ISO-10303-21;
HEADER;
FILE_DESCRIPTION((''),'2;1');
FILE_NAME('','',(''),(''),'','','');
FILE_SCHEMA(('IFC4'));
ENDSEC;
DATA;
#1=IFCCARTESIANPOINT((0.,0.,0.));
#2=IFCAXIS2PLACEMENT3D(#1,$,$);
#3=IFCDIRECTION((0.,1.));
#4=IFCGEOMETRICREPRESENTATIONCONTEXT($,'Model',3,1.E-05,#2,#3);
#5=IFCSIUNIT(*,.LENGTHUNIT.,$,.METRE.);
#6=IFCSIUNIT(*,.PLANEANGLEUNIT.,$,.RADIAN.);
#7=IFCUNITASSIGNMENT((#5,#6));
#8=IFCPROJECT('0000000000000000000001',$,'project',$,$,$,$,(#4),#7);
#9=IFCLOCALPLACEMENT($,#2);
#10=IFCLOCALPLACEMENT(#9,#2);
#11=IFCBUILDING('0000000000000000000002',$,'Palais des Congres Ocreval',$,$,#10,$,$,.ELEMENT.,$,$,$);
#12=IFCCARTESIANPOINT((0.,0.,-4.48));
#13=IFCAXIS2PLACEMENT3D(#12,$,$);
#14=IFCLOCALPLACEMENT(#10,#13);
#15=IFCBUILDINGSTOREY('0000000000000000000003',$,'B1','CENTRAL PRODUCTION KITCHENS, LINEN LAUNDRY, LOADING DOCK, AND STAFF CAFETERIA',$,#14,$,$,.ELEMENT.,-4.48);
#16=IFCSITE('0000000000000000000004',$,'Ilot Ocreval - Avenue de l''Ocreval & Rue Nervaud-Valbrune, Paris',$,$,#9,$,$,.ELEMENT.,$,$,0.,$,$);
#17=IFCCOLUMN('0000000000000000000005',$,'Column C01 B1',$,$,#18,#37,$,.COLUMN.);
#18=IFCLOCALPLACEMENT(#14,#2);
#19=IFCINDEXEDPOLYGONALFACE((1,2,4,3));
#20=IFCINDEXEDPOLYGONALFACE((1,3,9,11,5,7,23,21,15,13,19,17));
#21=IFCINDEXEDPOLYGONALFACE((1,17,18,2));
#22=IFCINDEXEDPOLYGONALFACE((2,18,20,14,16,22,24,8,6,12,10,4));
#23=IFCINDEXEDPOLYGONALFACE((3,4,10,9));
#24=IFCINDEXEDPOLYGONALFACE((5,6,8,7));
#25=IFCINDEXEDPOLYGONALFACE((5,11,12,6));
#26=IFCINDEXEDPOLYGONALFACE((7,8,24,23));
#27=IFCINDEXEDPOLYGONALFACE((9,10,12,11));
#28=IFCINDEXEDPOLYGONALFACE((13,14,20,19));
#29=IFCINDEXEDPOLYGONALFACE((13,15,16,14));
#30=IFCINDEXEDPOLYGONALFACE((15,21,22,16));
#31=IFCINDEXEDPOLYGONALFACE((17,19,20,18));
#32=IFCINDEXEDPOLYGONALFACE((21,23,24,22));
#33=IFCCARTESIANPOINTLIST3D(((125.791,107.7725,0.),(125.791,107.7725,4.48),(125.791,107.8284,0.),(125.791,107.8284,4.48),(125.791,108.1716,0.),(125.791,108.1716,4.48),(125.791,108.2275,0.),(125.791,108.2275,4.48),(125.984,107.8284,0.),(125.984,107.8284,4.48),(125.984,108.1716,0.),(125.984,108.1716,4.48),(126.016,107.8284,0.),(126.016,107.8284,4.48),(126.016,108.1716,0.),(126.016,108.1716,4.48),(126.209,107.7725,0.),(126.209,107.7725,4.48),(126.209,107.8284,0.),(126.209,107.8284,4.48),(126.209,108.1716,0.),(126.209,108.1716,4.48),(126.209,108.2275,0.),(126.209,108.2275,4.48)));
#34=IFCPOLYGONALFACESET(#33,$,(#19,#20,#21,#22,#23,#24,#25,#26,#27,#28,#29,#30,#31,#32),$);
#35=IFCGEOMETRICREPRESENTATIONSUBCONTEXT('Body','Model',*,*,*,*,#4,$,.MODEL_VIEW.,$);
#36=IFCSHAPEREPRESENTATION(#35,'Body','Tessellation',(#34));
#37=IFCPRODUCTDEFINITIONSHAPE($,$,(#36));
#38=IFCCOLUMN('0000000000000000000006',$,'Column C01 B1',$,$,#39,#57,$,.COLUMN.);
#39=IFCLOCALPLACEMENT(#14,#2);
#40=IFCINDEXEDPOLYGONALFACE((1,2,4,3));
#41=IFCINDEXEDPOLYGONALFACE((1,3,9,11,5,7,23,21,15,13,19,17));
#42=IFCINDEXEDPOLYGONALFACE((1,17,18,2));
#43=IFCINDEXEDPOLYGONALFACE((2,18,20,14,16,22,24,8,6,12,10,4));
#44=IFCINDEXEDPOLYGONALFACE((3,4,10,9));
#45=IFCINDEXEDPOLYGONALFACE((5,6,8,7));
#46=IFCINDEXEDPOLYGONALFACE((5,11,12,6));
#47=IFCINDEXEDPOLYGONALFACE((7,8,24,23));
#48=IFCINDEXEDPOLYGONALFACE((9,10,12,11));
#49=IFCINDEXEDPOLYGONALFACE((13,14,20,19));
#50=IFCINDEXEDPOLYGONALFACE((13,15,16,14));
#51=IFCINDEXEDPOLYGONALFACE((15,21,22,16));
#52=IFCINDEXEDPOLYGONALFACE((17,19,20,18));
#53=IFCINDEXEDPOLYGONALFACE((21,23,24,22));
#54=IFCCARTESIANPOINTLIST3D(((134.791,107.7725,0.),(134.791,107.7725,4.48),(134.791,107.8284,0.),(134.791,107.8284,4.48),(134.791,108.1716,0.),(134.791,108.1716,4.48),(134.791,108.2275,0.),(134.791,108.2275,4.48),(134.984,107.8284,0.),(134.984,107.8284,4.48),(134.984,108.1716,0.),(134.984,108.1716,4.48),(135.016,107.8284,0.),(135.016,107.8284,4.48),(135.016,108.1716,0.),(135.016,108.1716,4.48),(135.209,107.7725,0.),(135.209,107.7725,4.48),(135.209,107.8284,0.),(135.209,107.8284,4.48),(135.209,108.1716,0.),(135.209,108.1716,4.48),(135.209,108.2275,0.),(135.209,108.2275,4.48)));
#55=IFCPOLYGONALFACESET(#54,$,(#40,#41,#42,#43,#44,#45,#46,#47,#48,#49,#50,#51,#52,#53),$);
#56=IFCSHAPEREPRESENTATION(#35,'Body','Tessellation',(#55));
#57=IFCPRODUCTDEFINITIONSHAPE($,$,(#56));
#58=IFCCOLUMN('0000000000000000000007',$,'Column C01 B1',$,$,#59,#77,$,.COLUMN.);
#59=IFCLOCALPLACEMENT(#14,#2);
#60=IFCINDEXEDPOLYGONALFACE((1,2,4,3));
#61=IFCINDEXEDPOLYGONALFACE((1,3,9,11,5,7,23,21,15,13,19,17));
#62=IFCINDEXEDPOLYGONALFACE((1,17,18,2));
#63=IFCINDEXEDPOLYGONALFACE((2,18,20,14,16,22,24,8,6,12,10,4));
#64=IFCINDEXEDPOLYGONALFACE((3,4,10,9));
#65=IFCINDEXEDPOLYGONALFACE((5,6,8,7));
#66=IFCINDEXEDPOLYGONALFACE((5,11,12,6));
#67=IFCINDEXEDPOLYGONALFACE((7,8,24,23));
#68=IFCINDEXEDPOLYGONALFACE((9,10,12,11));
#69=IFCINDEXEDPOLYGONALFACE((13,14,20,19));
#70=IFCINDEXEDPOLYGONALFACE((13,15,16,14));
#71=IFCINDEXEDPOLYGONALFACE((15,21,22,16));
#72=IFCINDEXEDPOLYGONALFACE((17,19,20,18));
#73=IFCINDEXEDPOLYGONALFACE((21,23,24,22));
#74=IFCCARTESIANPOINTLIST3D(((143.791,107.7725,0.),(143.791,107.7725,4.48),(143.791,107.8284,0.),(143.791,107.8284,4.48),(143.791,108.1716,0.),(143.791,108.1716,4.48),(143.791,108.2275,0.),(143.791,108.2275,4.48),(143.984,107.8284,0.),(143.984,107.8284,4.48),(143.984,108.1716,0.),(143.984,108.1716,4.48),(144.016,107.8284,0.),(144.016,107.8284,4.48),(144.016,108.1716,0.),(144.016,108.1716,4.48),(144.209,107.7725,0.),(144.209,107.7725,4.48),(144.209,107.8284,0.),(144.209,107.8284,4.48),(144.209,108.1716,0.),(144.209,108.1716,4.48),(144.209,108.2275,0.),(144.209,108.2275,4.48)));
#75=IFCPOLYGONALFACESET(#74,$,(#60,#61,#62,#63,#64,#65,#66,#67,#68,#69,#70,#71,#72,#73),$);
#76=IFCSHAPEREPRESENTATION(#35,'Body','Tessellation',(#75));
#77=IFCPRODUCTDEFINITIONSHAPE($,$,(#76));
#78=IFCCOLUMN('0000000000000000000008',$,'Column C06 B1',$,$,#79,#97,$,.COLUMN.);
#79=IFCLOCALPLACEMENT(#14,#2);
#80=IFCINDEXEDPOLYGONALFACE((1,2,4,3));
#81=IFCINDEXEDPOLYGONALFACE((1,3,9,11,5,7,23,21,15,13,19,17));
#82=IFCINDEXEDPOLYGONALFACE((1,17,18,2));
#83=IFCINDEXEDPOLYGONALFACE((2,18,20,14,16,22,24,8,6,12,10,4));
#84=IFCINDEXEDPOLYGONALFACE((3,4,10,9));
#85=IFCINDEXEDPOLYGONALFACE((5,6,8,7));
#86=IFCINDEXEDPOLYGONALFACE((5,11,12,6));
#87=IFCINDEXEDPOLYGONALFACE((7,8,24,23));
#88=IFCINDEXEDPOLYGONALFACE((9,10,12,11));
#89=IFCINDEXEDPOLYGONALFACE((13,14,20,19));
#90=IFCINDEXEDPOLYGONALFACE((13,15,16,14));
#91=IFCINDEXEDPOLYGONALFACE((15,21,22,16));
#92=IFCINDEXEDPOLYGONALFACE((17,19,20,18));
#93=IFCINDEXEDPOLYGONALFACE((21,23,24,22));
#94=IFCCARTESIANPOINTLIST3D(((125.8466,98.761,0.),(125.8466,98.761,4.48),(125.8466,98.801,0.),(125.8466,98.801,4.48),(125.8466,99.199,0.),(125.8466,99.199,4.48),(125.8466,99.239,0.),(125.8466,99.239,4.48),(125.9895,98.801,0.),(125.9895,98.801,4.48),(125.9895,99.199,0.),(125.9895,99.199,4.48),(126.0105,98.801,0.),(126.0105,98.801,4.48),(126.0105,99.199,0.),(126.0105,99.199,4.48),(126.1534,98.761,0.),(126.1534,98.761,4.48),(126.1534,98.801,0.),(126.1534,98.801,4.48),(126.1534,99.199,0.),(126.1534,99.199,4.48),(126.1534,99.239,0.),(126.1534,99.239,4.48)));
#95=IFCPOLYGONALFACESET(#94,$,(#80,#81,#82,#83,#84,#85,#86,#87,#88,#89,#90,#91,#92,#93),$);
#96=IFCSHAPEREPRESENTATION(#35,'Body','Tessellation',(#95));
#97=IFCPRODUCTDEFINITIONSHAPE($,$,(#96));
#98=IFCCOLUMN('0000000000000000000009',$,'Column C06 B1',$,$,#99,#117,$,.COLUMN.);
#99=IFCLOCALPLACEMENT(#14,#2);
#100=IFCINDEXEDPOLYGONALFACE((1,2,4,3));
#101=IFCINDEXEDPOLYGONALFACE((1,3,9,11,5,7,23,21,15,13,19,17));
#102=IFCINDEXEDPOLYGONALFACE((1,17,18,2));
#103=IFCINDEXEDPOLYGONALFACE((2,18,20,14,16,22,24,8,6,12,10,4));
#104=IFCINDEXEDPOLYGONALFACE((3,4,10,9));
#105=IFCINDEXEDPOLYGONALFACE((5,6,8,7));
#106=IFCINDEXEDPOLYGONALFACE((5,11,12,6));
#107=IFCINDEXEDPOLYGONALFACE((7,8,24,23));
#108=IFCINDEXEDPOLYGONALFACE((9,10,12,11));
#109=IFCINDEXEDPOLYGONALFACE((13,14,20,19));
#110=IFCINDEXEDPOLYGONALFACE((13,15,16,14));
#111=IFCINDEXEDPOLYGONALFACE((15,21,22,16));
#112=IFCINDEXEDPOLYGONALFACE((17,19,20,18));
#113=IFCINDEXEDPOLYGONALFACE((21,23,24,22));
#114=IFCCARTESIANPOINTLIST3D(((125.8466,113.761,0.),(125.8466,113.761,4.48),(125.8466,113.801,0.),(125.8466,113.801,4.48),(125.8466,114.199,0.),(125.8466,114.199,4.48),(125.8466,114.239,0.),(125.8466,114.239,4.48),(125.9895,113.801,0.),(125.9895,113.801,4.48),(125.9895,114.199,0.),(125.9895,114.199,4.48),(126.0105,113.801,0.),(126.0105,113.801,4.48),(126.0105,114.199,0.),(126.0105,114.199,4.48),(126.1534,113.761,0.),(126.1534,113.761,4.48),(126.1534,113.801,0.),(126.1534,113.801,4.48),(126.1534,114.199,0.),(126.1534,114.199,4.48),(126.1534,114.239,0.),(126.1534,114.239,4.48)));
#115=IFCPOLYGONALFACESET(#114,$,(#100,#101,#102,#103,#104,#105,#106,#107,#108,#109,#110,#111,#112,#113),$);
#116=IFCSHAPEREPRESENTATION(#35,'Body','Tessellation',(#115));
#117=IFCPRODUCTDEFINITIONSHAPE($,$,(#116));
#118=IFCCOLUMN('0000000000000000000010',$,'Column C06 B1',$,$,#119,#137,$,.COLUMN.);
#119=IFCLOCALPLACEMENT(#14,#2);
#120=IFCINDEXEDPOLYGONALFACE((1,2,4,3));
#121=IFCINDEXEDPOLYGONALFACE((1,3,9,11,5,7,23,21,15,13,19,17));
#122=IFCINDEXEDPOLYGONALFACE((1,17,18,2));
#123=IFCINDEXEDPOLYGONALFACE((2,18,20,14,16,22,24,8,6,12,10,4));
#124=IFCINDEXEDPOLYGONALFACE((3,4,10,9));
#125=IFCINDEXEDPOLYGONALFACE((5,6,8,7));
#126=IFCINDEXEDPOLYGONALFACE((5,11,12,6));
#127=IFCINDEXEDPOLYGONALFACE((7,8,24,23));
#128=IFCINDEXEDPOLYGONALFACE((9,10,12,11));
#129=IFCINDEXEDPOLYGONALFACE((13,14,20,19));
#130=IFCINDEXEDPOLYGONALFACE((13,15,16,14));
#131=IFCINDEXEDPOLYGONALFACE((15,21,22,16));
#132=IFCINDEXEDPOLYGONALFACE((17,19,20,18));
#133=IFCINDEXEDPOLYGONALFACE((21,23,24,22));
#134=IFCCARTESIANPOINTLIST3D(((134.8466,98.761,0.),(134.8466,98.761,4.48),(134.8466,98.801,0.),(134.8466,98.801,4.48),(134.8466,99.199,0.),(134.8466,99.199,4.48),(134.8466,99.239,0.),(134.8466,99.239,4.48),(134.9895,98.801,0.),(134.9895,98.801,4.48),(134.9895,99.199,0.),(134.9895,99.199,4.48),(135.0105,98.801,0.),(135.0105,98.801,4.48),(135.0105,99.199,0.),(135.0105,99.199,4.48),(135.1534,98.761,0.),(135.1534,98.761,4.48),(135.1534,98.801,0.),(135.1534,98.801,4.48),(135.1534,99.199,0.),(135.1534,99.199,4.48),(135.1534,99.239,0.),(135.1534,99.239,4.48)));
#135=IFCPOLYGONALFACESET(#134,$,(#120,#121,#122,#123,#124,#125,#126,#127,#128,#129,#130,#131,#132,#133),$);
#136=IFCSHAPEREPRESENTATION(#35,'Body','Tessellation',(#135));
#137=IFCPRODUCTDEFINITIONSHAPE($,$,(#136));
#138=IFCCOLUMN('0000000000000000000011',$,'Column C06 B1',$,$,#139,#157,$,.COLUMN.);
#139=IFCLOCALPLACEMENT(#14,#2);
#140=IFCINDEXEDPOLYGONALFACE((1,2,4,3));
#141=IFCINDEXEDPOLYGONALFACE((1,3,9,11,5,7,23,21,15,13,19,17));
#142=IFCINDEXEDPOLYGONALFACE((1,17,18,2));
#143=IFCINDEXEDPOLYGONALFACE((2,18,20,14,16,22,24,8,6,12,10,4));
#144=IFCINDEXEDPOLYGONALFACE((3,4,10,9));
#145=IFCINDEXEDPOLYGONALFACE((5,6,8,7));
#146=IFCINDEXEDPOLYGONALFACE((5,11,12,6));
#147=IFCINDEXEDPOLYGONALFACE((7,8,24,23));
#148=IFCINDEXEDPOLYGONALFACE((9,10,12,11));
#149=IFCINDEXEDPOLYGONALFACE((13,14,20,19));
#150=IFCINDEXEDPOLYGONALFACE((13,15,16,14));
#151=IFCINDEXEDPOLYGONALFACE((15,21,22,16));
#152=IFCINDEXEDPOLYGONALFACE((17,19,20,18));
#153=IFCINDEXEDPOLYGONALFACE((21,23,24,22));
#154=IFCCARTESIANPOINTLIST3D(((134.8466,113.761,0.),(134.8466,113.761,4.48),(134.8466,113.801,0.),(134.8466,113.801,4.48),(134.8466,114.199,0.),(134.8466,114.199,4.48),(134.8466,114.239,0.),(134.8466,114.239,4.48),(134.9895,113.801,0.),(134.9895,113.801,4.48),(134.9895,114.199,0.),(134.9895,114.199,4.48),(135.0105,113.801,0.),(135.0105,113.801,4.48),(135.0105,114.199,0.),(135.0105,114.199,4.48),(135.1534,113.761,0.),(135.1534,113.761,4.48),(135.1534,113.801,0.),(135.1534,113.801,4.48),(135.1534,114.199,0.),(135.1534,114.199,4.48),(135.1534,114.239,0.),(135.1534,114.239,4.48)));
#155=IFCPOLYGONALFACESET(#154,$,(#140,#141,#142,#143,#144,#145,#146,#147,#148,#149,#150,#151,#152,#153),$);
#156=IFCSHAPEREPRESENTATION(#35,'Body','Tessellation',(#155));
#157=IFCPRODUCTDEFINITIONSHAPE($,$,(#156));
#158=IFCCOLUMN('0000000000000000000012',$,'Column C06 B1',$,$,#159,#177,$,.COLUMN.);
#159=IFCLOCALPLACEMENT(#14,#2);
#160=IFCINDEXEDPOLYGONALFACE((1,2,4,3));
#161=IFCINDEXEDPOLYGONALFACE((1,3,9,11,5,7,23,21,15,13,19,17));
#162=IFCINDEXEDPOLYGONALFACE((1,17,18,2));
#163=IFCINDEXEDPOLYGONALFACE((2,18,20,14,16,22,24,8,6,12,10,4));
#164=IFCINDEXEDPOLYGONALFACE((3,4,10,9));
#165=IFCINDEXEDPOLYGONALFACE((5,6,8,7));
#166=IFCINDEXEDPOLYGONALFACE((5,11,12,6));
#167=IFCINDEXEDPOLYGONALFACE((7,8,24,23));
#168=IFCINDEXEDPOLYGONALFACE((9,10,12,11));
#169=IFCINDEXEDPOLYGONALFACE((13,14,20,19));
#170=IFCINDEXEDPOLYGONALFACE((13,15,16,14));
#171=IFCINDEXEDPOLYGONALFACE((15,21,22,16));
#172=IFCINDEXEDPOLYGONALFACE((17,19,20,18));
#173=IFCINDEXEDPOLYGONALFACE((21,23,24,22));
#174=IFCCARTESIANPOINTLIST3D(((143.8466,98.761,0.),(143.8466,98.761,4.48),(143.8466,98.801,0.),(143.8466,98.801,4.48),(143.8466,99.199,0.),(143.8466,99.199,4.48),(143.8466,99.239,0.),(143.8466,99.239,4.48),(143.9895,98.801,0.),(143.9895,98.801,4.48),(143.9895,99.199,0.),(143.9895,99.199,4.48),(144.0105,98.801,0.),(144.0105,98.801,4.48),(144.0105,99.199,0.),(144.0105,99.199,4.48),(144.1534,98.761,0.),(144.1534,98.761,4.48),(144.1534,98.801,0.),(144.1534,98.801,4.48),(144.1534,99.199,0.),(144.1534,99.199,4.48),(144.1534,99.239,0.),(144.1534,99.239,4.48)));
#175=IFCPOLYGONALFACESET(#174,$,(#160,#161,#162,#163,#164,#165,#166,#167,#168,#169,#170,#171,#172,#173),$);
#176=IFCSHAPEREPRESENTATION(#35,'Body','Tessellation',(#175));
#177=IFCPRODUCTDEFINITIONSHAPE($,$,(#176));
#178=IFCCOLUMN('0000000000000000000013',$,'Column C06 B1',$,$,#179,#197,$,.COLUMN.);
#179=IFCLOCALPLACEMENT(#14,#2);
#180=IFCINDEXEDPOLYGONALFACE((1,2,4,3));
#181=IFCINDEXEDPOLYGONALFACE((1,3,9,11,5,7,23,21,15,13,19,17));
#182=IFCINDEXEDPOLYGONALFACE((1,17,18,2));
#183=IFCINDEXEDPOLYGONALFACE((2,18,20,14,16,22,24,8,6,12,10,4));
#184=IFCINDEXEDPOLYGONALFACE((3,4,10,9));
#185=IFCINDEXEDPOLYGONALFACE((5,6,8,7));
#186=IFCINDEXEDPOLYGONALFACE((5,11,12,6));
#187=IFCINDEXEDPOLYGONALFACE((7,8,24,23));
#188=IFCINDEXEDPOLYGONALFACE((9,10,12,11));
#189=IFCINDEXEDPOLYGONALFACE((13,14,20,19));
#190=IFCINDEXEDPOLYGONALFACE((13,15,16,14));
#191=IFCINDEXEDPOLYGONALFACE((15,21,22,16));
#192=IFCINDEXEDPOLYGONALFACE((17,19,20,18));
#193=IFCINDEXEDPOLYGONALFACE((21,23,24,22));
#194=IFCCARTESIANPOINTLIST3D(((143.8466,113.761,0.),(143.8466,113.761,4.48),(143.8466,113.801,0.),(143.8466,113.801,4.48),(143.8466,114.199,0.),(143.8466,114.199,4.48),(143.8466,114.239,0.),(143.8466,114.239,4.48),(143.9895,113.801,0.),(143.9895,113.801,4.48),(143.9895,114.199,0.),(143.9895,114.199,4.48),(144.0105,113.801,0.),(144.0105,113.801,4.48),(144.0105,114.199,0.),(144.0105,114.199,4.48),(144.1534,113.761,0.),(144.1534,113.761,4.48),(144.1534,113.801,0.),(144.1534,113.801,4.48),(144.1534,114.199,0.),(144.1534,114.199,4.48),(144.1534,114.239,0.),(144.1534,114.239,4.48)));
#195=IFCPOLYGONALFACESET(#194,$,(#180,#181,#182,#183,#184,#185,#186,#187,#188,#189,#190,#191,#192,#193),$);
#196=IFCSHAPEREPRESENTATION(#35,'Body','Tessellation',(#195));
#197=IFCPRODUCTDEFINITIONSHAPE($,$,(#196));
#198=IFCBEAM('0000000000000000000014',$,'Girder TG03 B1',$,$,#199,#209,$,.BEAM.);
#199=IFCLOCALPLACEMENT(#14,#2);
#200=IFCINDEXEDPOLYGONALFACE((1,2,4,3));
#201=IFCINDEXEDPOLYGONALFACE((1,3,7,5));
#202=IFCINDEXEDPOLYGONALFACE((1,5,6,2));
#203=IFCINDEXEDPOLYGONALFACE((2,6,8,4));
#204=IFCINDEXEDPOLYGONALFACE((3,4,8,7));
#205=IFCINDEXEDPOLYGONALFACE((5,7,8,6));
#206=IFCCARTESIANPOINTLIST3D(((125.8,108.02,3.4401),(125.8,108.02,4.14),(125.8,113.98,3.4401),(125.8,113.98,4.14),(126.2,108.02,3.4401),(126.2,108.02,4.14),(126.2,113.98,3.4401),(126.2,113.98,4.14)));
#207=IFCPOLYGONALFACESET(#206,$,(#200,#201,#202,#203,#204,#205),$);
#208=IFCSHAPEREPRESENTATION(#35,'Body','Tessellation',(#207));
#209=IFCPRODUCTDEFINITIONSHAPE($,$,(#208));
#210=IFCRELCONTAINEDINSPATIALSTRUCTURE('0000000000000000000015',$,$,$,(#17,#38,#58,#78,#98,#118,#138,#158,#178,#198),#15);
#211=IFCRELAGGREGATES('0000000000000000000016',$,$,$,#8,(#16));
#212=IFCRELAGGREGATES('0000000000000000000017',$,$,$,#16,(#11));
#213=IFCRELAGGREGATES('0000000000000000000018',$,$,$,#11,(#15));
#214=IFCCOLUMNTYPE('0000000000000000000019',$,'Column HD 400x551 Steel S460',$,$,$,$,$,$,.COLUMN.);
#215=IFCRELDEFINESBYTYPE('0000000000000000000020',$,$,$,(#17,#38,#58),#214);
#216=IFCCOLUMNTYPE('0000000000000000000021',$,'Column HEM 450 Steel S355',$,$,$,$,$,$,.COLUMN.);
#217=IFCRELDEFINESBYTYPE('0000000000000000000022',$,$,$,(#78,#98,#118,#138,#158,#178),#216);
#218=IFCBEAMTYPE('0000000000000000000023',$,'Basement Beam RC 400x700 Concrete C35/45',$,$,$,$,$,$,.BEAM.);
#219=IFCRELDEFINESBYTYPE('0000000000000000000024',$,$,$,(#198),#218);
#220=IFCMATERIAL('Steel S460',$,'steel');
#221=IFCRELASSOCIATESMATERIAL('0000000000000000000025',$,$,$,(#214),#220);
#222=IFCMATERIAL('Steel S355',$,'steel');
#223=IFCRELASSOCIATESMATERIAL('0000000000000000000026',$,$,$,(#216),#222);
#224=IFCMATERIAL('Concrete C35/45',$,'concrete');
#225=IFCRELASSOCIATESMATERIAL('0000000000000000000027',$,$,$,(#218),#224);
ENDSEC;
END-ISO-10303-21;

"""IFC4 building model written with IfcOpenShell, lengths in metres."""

from ifc_helpers import new_model, si_unit, direction, frame, origin, origin_2d, place, context, subcontext, project, spatial, rectangle, i_section, extrude, material, material_profile, profile_set, type_object, element, save


model = new_model("IFC4")

# Units and contexts
model_context = context("Model", 3, precision=1e-05, world=origin(), true_north=direction((0.0, 1.0)))
body_context = subcontext(model_context, "Body", "Model", "MODEL_VIEW")
ifc_project = project(units=[si_unit("LENGTHUNIT", "METRE"), si_unit("PLANEANGLEUNIT", "RADIAN")], contexts=[model_context])

# Site, building, storey
site_placement = place(None, origin())
site = spatial("IfcSite", under=ifc_project, at=site_placement, Name="Ilot Ocreval - Avenue de l'Ocreval & Rue Nervaud-Valbrune, Paris", CompositionType="ELEMENT", RefElevation=0.0)
building_placement = place(site_placement, origin())
building = spatial("IfcBuilding", under=site, at=building_placement, Name="Palais des Congres Ocreval", CompositionType="ELEMENT")
storey_placement = place(building_placement, frame((0.0, 0.0, -4.48)))
storey = spatial("IfcBuildingStorey", under=building, at=storey_placement, Name="B1", Description="CENTRAL PRODUCTION KITCHENS, LINEN LAUNDRY, LOADING DOCK, AND STAFF CAFETERIA", CompositionType="ELEMENT", Elevation=-4.48)

# Columns
ifc_material_1 = material(Name="Steel S460", Category="steel")
ifc_material_profile_1 = material_profile(ifc_material_1, i_section(OverallWidth=0.418, OverallDepth=0.4551, WebThickness=0.032, FlangeThickness=0.0559, at=origin_2d()), Name="HD 400x551")
ifc_profile_set_1 = profile_set([ifc_material_profile_1], Name="Steel S460")
column_type_1 = type_object("IfcColumnType", Name="Column HD 400x551 Steel S460", PredefinedType="COLUMN", material=ifc_profile_set_1)
for number, where, z_axis, x_axis, name in (
    (1, (126.0, 108.0, 0.0), (0.0, 0.0, 1.0), (1.0, 0.0, 0.0), "Column C01 B1"),
    (2, (135.0, 108.0, 0.0), (0.0, 0.0, 1.0), (1.0, 0.0, 0.0), "Column C01 B1"),
    (3, (144.0, 108.0, 0.0), (0.0, 0.0, 1.0), (1.0, 0.0, 0.0), "Column C01 B1"),
):
    element("IfcColumn", number, at=place(storey_placement, frame(where, z_axis=z_axis, x_axis=x_axis)), inside=storey, type_object=column_type_1, Name=name, PredefinedType="COLUMN", context=body_context, shape_type="SweptSolid", body=[
        extrude(i_section(OverallWidth=0.418, OverallDepth=0.4551, WebThickness=0.032, FlangeThickness=0.0559, at=origin_2d()), origin(), (0.0, 0.0, 1.0), 4.48),
    ])
ifc_material_2 = material(Name="Steel S355", Category="steel")
ifc_material_profile_2 = material_profile(ifc_material_2, i_section(OverallWidth=0.3069, OverallDepth=0.478, WebThickness=0.021, FlangeThickness=0.04, at=origin_2d()), Name="HEM 450")
ifc_profile_set_2 = profile_set([ifc_material_profile_2], Name="Steel S355")
column_type_2 = type_object("IfcColumnType", Name="Column HEM 450 Steel S355", PredefinedType="COLUMN", material=ifc_profile_set_2)
for number, where, z_axis, x_axis, name in (
    (4, (126.0, 99.0, 0.0), (0.0, 0.0, 1.0), (1.0, 0.0, 0.0), "Column C06 B1"),
    (5, (126.0, 114.0, 0.0), (0.0, 0.0, 1.0), (1.0, 0.0, 0.0), "Column C06 B1"),
    (6, (135.0, 99.0, 0.0), (0.0, 0.0, 1.0), (1.0, 0.0, 0.0), "Column C06 B1"),
    (7, (135.0, 114.0, 0.0), (0.0, 0.0, 1.0), (1.0, 0.0, 0.0), "Column C06 B1"),
    (8, (144.0, 99.0, 0.0), (0.0, 0.0, 1.0), (1.0, 0.0, 0.0), "Column C06 B1"),
    (9, (144.0, 114.0, 0.0), (0.0, 0.0, 1.0), (1.0, 0.0, 0.0), "Column C06 B1"),
):
    element("IfcColumn", number, at=place(storey_placement, frame(where, z_axis=z_axis, x_axis=x_axis)), inside=storey, type_object=column_type_2, Name=name, PredefinedType="COLUMN", context=body_context, shape_type="SweptSolid", body=[
        extrude(i_section(OverallWidth=0.3069, OverallDepth=0.478, WebThickness=0.021, FlangeThickness=0.04, at=origin_2d()), origin(), (0.0, 0.0, 1.0), 4.48),
    ])

# Beam
ifc_material_3 = material(Name="Concrete C35/45", Category="concrete")
ifc_material_profile_3 = material_profile(ifc_material_3, rectangle(XDim=0.3999, YDim=0.7, at=origin_2d()), Name="RC 400x700")
ifc_profile_set_3 = profile_set([ifc_material_profile_3], Name="Concrete C35/45")
beam_type_1 = type_object("IfcBeamType", Name="Basement Beam RC 400x700 Concrete C35/45", PredefinedType="BEAM", material=ifc_profile_set_3)
for number, where, z_axis, x_axis, name in (
    (10, (126.0, 108.02, 3.79), (0.0, 1.0, 0.0), (-1.0, 0.0, 0.0), "Girder TG03 B1"),
):
    element("IfcBeam", number, at=place(storey_placement, frame(where, z_axis=z_axis, x_axis=x_axis)), inside=storey, type_object=beam_type_1, Name=name, PredefinedType="BEAM", context=body_context, shape_type="SweptSolid", body=[
        extrude(rectangle(XDim=0.3999, YDim=0.7, at=origin_2d()), origin(), (0.0, 0.0, 1.0), 5.96),
    ])

save(model, "model.ifc")
